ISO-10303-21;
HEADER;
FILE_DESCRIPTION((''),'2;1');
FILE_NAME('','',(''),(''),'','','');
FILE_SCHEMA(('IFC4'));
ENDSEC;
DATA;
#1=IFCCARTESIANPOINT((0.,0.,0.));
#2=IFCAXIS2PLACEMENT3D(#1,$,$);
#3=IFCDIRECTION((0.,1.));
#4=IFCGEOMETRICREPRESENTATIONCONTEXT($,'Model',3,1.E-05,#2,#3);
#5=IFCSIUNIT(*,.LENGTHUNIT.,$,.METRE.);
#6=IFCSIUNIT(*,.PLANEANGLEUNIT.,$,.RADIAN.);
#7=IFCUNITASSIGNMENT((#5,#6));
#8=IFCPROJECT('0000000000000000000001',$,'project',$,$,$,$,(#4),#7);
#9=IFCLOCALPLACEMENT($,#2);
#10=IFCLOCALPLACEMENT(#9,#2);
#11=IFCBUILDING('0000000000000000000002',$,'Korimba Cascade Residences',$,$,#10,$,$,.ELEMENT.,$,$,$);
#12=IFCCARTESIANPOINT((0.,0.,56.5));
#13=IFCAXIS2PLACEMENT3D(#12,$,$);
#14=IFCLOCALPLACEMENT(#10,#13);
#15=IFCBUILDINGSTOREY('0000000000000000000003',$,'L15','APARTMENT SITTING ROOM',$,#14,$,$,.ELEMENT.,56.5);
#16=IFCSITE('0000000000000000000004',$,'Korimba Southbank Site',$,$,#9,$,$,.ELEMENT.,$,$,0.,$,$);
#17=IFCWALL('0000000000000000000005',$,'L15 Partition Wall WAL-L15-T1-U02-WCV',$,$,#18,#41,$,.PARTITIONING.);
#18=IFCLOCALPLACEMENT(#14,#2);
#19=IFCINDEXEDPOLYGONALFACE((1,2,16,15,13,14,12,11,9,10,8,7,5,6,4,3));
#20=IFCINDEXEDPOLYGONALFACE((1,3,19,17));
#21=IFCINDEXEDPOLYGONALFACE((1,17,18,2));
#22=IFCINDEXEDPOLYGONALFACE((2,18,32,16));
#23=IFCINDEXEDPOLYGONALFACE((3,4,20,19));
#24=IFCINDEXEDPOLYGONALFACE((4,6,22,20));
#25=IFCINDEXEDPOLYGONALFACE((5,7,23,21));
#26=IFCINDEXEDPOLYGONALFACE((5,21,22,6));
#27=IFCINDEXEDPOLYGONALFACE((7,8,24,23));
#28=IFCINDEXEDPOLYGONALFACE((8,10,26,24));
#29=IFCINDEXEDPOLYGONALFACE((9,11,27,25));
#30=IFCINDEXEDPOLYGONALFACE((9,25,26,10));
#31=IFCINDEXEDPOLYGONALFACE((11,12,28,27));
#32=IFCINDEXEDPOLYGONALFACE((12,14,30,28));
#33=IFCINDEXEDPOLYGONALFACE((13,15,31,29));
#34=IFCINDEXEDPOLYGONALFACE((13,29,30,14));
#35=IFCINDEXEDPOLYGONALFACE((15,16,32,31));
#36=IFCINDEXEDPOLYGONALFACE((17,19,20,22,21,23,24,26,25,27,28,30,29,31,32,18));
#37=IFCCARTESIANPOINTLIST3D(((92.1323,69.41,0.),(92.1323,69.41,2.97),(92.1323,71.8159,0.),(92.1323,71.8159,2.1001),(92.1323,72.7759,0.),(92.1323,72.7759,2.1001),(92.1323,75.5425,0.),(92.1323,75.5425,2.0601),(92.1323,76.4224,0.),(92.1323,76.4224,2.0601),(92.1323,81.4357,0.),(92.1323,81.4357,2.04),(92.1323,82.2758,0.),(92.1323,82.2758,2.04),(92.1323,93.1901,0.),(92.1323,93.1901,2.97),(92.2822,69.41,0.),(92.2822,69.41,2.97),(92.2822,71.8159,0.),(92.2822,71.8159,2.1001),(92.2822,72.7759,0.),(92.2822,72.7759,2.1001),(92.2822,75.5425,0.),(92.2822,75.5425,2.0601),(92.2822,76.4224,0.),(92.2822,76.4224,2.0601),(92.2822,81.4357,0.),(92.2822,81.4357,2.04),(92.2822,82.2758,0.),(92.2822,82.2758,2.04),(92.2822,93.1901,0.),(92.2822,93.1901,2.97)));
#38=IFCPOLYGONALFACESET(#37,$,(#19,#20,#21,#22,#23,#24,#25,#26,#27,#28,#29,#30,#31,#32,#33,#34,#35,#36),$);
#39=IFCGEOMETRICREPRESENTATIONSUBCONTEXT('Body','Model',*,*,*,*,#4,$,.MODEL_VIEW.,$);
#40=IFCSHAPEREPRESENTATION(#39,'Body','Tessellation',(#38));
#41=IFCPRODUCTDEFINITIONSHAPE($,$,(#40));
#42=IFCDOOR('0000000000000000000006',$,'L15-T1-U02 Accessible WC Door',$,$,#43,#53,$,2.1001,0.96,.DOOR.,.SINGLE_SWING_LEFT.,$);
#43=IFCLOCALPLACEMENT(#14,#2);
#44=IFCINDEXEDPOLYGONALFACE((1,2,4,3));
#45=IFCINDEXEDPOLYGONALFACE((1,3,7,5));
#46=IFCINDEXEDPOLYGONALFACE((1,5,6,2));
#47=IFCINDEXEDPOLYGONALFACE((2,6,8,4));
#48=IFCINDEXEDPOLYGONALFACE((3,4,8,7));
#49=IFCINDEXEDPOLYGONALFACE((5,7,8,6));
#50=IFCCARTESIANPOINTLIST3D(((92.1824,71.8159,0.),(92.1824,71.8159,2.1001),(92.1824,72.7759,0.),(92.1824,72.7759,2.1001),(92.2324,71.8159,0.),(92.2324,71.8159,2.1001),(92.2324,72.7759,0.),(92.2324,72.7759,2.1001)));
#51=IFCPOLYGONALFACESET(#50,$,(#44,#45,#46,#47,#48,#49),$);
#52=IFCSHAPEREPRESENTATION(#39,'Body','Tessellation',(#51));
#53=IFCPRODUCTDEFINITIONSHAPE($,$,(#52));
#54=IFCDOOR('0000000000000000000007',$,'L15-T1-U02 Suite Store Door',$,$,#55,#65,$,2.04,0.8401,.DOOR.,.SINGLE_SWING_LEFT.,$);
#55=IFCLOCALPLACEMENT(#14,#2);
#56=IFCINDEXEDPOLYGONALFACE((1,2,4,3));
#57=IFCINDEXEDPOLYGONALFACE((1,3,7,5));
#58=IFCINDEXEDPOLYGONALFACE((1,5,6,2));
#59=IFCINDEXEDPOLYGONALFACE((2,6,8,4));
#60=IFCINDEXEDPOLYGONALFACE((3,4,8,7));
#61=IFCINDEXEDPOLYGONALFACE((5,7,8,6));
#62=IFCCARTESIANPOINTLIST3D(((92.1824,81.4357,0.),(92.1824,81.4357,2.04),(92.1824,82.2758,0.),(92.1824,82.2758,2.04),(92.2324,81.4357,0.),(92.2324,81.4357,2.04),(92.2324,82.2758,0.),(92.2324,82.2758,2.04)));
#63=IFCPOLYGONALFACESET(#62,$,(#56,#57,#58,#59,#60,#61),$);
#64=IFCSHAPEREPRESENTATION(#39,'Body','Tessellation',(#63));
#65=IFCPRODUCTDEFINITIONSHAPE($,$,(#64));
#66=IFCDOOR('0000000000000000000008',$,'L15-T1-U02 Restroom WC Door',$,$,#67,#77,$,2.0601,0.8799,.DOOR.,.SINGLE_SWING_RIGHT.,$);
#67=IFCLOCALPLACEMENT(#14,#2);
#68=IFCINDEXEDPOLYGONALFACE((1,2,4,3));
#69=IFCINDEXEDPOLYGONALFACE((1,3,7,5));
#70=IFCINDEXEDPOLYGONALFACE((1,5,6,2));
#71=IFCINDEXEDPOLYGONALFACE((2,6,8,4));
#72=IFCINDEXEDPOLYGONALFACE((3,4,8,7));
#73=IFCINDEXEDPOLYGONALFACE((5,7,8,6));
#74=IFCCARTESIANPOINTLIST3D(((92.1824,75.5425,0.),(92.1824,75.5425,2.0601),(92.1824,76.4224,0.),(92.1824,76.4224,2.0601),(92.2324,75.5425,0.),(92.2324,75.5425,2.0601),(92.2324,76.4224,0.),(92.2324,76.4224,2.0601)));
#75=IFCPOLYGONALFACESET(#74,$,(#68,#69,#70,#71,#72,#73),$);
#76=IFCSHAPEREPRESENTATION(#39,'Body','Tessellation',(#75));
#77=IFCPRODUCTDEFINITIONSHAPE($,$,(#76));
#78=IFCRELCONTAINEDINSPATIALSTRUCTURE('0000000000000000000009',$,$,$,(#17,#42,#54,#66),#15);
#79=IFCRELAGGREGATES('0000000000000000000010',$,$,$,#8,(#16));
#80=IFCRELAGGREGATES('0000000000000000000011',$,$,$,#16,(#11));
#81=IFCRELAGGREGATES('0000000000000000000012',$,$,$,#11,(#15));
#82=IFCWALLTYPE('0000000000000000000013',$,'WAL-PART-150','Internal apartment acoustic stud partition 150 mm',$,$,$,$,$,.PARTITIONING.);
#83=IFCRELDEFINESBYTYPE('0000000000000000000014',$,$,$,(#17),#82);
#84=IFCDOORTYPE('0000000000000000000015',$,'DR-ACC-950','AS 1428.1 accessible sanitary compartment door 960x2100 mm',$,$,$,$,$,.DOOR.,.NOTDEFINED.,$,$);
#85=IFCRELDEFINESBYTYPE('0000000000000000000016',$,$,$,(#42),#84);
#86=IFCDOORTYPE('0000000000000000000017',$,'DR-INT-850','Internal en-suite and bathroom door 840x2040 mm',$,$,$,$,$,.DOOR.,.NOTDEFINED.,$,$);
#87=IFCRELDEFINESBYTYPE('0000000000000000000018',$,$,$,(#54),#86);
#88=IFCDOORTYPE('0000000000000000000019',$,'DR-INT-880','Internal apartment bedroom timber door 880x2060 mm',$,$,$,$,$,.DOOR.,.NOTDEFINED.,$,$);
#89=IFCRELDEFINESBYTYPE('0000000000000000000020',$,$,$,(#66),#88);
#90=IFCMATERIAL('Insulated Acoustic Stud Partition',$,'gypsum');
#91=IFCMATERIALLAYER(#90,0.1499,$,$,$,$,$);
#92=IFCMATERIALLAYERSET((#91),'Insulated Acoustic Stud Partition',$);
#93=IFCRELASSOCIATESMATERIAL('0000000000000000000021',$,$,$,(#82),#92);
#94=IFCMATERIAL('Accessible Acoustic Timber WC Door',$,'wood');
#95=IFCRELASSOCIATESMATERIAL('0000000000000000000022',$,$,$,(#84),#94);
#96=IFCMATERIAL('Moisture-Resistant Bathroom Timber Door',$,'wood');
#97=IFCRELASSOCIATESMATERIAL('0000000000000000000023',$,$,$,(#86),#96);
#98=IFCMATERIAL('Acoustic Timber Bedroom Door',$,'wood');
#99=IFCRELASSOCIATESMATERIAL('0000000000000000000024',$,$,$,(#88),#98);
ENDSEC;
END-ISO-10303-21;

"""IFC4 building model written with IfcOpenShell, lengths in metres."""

from ifc_helpers import new_model, si_unit, direction, frame, frame_2d, origin, place, context, subcontext, project, spatial, rectangle, extrude, material, layer, layer_set, type_object, element, fill, save


model = new_model("IFC4")

# Units and contexts
model_context = context("Model", 3, precision=1e-05, world=origin(), true_north=direction((0.0, 1.0)))
body_context = subcontext(model_context, "Body", "Model", "MODEL_VIEW")
ifc_project = project(units=[si_unit("LENGTHUNIT", "METRE"), si_unit("PLANEANGLEUNIT", "RADIAN")], contexts=[model_context])

# Site, building, storey
site_placement = place(None, origin())
site = spatial("IfcSite", under=ifc_project, at=site_placement, Name="Korimba Southbank Site", CompositionType="ELEMENT", RefElevation=0.0)
building_placement = place(site_placement, origin())
building = spatial("IfcBuilding", under=site, at=building_placement, Name="Korimba Cascade Residences", CompositionType="ELEMENT")
storey_placement = place(building_placement, frame((0.0, 0.0, 56.5)))
storey = spatial("IfcBuildingStorey", under=building, at=storey_placement, Name="L15", Description="APARTMENT SITTING ROOM", CompositionType="ELEMENT", Elevation=56.5)

# Shared definitions
ifc_material_1 = material(Name="Insulated Acoustic Stud Partition", Category="gypsum")
ifc_layer_1 = layer(ifc_material_1, 0.1499)
ifc_layer_set_1 = layer_set([ifc_layer_1], Name="Insulated Acoustic Stud Partition")
wall_type_1 = type_object("IfcWallType", Name="WAL-PART-150", Description="Internal apartment acoustic stud partition 150 mm", PredefinedType="PARTITIONING", material=ifc_layer_set_1)

# Wall, openings, doors
wall_placement = place(storey_placement, frame((92.2073, 69.4099, 0.0), z_axis=(0.0, 0.0, 1.0), x_axis=(0.0, 1.0, 0.0)))
wall = element("IfcWall", 1, at=wall_placement, inside=storey, type_object=wall_type_1, Name="L15 Partition Wall WAL-L15-T1-U02-WCV", PredefinedType="PARTITIONING", context=body_context, shape_type="SweptSolid", body=[
    extrude(rectangle(XDim=23.78, YDim=0.1499, at=frame_2d((11.8901, 0.0))), origin(), (0.0, 0.0, 1.0), 2.97),
])
opening_1_placement = place(wall_placement, frame((2.406, 0.0, 0.0)))
opening_1 = element("IfcOpeningElement", 2, at=opening_1_placement, cuts=wall, PredefinedType="OPENING", context=body_context, shape_type="SweptSolid", body=[
    extrude(rectangle(XDim=0.96, YDim=2.1001, at=frame_2d((0.48, 1.05))), frame((0.0, 0.085, 0.0), z_axis=(0.0, -1.0, 0.0), x_axis=(1.0, 0.0, 0.0)), (0.0, 0.0, 1.0), 0.1699),
])
opening_2_placement = place(wall_placement, frame((6.1326, 0.0, 0.0)))
opening_2 = element("IfcOpeningElement", 3, at=opening_2_placement, cuts=wall, PredefinedType="OPENING", context=body_context, shape_type="SweptSolid", body=[
    extrude(rectangle(XDim=0.8799, YDim=2.0601, at=frame_2d((0.4399, 1.03))), frame((0.0, 0.085, 0.0), z_axis=(0.0, -1.0, 0.0), x_axis=(1.0, 0.0, 0.0)), (0.0, 0.0, 1.0), 0.1699),
])
opening_3_placement = place(wall_placement, frame((12.0259, 0.0, 0.0)))
opening_3 = element("IfcOpeningElement", 4, at=opening_3_placement, cuts=wall, PredefinedType="OPENING", context=body_context, shape_type="SweptSolid", body=[
    extrude(rectangle(XDim=0.8401, YDim=2.04, at=frame_2d((0.4199, 1.02))), frame((0.0, 0.085, 0.0), z_axis=(0.0, -1.0, 0.0), x_axis=(1.0, 0.0, 0.0)), (0.0, 0.0, 1.0), 0.1699),
])
ifc_material_2 = material(Name="Accessible Acoustic Timber WC Door", Category="wood")
door_type_1 = type_object("IfcDoorType", Name="DR-ACC-950", Description="AS 1428.1 accessible sanitary compartment door 960x2100 mm", OperationType="NOTDEFINED", PredefinedType="DOOR", material=ifc_material_2)
door_1_placement = place(opening_1_placement, origin())
door_1 = element("IfcDoor", 5, at=door_1_placement, inside=storey, type_object=door_type_1, Name="L15-T1-U02 Accessible WC Door", OperationType="SINGLE_SWING_LEFT", OverallHeight=2.1001, OverallWidth=0.96, PredefinedType="DOOR", context=body_context, shape_type="SweptSolid", body=[
    extrude(rectangle(XDim=0.96, YDim=2.1001, at=frame_2d((0.48, 1.05))), frame((0.0, 0.0249, 0.0), z_axis=(0.0, -1.0, 0.0), x_axis=(1.0, 0.0, 0.0)), (0.0, 0.0, 1.0), 0.05),
])
fill(opening_1, door_1)
ifc_material_3 = material(Name="Moisture-Resistant Bathroom Timber Door", Category="wood")
door_type_2 = type_object("IfcDoorType", Name="DR-INT-850", Description="Internal en-suite and bathroom door 840x2040 mm", OperationType="NOTDEFINED", PredefinedType="DOOR", material=ifc_material_3)
door_2_placement = place(opening_3_placement, origin())
door_2 = element("IfcDoor", 6, at=door_2_placement, inside=storey, type_object=door_type_2, Name="L15-T1-U02 Suite Store Door", OperationType="SINGLE_SWING_LEFT", OverallHeight=2.04, OverallWidth=0.8401, PredefinedType="DOOR", context=body_context, shape_type="SweptSolid", body=[
    extrude(rectangle(XDim=0.8401, YDim=2.04, at=frame_2d((0.4199, 1.02))), frame((0.0, 0.0249, 0.0), z_axis=(0.0, -1.0, 0.0), x_axis=(1.0, 0.0, 0.0)), (0.0, 0.0, 1.0), 0.05),
])
fill(opening_3, door_2)
ifc_material_4 = material(Name="Acoustic Timber Bedroom Door", Category="wood")
door_type_3 = type_object("IfcDoorType", Name="DR-INT-880", Description="Internal apartment bedroom timber door 880x2060 mm", OperationType="NOTDEFINED", PredefinedType="DOOR", material=ifc_material_4)
door_3_placement = place(opening_2_placement, origin())
door_3 = element("IfcDoor", 7, at=door_3_placement, inside=storey, type_object=door_type_3, Name="L15-T1-U02 Restroom WC Door", OperationType="SINGLE_SWING_RIGHT", OverallHeight=2.0601, OverallWidth=0.8799, PredefinedType="DOOR", context=body_context, shape_type="SweptSolid", body=[
    extrude(rectangle(XDim=0.8799, YDim=2.0601, at=frame_2d((0.4399, 1.03))), frame((0.0, 0.0249, 0.0), z_axis=(0.0, -1.0, 0.0), x_axis=(1.0, 0.0, 0.0)), (0.0, 0.0, 1.0), 0.05),
])
fill(opening_2, door_3)

save(model, "model.ifc")
